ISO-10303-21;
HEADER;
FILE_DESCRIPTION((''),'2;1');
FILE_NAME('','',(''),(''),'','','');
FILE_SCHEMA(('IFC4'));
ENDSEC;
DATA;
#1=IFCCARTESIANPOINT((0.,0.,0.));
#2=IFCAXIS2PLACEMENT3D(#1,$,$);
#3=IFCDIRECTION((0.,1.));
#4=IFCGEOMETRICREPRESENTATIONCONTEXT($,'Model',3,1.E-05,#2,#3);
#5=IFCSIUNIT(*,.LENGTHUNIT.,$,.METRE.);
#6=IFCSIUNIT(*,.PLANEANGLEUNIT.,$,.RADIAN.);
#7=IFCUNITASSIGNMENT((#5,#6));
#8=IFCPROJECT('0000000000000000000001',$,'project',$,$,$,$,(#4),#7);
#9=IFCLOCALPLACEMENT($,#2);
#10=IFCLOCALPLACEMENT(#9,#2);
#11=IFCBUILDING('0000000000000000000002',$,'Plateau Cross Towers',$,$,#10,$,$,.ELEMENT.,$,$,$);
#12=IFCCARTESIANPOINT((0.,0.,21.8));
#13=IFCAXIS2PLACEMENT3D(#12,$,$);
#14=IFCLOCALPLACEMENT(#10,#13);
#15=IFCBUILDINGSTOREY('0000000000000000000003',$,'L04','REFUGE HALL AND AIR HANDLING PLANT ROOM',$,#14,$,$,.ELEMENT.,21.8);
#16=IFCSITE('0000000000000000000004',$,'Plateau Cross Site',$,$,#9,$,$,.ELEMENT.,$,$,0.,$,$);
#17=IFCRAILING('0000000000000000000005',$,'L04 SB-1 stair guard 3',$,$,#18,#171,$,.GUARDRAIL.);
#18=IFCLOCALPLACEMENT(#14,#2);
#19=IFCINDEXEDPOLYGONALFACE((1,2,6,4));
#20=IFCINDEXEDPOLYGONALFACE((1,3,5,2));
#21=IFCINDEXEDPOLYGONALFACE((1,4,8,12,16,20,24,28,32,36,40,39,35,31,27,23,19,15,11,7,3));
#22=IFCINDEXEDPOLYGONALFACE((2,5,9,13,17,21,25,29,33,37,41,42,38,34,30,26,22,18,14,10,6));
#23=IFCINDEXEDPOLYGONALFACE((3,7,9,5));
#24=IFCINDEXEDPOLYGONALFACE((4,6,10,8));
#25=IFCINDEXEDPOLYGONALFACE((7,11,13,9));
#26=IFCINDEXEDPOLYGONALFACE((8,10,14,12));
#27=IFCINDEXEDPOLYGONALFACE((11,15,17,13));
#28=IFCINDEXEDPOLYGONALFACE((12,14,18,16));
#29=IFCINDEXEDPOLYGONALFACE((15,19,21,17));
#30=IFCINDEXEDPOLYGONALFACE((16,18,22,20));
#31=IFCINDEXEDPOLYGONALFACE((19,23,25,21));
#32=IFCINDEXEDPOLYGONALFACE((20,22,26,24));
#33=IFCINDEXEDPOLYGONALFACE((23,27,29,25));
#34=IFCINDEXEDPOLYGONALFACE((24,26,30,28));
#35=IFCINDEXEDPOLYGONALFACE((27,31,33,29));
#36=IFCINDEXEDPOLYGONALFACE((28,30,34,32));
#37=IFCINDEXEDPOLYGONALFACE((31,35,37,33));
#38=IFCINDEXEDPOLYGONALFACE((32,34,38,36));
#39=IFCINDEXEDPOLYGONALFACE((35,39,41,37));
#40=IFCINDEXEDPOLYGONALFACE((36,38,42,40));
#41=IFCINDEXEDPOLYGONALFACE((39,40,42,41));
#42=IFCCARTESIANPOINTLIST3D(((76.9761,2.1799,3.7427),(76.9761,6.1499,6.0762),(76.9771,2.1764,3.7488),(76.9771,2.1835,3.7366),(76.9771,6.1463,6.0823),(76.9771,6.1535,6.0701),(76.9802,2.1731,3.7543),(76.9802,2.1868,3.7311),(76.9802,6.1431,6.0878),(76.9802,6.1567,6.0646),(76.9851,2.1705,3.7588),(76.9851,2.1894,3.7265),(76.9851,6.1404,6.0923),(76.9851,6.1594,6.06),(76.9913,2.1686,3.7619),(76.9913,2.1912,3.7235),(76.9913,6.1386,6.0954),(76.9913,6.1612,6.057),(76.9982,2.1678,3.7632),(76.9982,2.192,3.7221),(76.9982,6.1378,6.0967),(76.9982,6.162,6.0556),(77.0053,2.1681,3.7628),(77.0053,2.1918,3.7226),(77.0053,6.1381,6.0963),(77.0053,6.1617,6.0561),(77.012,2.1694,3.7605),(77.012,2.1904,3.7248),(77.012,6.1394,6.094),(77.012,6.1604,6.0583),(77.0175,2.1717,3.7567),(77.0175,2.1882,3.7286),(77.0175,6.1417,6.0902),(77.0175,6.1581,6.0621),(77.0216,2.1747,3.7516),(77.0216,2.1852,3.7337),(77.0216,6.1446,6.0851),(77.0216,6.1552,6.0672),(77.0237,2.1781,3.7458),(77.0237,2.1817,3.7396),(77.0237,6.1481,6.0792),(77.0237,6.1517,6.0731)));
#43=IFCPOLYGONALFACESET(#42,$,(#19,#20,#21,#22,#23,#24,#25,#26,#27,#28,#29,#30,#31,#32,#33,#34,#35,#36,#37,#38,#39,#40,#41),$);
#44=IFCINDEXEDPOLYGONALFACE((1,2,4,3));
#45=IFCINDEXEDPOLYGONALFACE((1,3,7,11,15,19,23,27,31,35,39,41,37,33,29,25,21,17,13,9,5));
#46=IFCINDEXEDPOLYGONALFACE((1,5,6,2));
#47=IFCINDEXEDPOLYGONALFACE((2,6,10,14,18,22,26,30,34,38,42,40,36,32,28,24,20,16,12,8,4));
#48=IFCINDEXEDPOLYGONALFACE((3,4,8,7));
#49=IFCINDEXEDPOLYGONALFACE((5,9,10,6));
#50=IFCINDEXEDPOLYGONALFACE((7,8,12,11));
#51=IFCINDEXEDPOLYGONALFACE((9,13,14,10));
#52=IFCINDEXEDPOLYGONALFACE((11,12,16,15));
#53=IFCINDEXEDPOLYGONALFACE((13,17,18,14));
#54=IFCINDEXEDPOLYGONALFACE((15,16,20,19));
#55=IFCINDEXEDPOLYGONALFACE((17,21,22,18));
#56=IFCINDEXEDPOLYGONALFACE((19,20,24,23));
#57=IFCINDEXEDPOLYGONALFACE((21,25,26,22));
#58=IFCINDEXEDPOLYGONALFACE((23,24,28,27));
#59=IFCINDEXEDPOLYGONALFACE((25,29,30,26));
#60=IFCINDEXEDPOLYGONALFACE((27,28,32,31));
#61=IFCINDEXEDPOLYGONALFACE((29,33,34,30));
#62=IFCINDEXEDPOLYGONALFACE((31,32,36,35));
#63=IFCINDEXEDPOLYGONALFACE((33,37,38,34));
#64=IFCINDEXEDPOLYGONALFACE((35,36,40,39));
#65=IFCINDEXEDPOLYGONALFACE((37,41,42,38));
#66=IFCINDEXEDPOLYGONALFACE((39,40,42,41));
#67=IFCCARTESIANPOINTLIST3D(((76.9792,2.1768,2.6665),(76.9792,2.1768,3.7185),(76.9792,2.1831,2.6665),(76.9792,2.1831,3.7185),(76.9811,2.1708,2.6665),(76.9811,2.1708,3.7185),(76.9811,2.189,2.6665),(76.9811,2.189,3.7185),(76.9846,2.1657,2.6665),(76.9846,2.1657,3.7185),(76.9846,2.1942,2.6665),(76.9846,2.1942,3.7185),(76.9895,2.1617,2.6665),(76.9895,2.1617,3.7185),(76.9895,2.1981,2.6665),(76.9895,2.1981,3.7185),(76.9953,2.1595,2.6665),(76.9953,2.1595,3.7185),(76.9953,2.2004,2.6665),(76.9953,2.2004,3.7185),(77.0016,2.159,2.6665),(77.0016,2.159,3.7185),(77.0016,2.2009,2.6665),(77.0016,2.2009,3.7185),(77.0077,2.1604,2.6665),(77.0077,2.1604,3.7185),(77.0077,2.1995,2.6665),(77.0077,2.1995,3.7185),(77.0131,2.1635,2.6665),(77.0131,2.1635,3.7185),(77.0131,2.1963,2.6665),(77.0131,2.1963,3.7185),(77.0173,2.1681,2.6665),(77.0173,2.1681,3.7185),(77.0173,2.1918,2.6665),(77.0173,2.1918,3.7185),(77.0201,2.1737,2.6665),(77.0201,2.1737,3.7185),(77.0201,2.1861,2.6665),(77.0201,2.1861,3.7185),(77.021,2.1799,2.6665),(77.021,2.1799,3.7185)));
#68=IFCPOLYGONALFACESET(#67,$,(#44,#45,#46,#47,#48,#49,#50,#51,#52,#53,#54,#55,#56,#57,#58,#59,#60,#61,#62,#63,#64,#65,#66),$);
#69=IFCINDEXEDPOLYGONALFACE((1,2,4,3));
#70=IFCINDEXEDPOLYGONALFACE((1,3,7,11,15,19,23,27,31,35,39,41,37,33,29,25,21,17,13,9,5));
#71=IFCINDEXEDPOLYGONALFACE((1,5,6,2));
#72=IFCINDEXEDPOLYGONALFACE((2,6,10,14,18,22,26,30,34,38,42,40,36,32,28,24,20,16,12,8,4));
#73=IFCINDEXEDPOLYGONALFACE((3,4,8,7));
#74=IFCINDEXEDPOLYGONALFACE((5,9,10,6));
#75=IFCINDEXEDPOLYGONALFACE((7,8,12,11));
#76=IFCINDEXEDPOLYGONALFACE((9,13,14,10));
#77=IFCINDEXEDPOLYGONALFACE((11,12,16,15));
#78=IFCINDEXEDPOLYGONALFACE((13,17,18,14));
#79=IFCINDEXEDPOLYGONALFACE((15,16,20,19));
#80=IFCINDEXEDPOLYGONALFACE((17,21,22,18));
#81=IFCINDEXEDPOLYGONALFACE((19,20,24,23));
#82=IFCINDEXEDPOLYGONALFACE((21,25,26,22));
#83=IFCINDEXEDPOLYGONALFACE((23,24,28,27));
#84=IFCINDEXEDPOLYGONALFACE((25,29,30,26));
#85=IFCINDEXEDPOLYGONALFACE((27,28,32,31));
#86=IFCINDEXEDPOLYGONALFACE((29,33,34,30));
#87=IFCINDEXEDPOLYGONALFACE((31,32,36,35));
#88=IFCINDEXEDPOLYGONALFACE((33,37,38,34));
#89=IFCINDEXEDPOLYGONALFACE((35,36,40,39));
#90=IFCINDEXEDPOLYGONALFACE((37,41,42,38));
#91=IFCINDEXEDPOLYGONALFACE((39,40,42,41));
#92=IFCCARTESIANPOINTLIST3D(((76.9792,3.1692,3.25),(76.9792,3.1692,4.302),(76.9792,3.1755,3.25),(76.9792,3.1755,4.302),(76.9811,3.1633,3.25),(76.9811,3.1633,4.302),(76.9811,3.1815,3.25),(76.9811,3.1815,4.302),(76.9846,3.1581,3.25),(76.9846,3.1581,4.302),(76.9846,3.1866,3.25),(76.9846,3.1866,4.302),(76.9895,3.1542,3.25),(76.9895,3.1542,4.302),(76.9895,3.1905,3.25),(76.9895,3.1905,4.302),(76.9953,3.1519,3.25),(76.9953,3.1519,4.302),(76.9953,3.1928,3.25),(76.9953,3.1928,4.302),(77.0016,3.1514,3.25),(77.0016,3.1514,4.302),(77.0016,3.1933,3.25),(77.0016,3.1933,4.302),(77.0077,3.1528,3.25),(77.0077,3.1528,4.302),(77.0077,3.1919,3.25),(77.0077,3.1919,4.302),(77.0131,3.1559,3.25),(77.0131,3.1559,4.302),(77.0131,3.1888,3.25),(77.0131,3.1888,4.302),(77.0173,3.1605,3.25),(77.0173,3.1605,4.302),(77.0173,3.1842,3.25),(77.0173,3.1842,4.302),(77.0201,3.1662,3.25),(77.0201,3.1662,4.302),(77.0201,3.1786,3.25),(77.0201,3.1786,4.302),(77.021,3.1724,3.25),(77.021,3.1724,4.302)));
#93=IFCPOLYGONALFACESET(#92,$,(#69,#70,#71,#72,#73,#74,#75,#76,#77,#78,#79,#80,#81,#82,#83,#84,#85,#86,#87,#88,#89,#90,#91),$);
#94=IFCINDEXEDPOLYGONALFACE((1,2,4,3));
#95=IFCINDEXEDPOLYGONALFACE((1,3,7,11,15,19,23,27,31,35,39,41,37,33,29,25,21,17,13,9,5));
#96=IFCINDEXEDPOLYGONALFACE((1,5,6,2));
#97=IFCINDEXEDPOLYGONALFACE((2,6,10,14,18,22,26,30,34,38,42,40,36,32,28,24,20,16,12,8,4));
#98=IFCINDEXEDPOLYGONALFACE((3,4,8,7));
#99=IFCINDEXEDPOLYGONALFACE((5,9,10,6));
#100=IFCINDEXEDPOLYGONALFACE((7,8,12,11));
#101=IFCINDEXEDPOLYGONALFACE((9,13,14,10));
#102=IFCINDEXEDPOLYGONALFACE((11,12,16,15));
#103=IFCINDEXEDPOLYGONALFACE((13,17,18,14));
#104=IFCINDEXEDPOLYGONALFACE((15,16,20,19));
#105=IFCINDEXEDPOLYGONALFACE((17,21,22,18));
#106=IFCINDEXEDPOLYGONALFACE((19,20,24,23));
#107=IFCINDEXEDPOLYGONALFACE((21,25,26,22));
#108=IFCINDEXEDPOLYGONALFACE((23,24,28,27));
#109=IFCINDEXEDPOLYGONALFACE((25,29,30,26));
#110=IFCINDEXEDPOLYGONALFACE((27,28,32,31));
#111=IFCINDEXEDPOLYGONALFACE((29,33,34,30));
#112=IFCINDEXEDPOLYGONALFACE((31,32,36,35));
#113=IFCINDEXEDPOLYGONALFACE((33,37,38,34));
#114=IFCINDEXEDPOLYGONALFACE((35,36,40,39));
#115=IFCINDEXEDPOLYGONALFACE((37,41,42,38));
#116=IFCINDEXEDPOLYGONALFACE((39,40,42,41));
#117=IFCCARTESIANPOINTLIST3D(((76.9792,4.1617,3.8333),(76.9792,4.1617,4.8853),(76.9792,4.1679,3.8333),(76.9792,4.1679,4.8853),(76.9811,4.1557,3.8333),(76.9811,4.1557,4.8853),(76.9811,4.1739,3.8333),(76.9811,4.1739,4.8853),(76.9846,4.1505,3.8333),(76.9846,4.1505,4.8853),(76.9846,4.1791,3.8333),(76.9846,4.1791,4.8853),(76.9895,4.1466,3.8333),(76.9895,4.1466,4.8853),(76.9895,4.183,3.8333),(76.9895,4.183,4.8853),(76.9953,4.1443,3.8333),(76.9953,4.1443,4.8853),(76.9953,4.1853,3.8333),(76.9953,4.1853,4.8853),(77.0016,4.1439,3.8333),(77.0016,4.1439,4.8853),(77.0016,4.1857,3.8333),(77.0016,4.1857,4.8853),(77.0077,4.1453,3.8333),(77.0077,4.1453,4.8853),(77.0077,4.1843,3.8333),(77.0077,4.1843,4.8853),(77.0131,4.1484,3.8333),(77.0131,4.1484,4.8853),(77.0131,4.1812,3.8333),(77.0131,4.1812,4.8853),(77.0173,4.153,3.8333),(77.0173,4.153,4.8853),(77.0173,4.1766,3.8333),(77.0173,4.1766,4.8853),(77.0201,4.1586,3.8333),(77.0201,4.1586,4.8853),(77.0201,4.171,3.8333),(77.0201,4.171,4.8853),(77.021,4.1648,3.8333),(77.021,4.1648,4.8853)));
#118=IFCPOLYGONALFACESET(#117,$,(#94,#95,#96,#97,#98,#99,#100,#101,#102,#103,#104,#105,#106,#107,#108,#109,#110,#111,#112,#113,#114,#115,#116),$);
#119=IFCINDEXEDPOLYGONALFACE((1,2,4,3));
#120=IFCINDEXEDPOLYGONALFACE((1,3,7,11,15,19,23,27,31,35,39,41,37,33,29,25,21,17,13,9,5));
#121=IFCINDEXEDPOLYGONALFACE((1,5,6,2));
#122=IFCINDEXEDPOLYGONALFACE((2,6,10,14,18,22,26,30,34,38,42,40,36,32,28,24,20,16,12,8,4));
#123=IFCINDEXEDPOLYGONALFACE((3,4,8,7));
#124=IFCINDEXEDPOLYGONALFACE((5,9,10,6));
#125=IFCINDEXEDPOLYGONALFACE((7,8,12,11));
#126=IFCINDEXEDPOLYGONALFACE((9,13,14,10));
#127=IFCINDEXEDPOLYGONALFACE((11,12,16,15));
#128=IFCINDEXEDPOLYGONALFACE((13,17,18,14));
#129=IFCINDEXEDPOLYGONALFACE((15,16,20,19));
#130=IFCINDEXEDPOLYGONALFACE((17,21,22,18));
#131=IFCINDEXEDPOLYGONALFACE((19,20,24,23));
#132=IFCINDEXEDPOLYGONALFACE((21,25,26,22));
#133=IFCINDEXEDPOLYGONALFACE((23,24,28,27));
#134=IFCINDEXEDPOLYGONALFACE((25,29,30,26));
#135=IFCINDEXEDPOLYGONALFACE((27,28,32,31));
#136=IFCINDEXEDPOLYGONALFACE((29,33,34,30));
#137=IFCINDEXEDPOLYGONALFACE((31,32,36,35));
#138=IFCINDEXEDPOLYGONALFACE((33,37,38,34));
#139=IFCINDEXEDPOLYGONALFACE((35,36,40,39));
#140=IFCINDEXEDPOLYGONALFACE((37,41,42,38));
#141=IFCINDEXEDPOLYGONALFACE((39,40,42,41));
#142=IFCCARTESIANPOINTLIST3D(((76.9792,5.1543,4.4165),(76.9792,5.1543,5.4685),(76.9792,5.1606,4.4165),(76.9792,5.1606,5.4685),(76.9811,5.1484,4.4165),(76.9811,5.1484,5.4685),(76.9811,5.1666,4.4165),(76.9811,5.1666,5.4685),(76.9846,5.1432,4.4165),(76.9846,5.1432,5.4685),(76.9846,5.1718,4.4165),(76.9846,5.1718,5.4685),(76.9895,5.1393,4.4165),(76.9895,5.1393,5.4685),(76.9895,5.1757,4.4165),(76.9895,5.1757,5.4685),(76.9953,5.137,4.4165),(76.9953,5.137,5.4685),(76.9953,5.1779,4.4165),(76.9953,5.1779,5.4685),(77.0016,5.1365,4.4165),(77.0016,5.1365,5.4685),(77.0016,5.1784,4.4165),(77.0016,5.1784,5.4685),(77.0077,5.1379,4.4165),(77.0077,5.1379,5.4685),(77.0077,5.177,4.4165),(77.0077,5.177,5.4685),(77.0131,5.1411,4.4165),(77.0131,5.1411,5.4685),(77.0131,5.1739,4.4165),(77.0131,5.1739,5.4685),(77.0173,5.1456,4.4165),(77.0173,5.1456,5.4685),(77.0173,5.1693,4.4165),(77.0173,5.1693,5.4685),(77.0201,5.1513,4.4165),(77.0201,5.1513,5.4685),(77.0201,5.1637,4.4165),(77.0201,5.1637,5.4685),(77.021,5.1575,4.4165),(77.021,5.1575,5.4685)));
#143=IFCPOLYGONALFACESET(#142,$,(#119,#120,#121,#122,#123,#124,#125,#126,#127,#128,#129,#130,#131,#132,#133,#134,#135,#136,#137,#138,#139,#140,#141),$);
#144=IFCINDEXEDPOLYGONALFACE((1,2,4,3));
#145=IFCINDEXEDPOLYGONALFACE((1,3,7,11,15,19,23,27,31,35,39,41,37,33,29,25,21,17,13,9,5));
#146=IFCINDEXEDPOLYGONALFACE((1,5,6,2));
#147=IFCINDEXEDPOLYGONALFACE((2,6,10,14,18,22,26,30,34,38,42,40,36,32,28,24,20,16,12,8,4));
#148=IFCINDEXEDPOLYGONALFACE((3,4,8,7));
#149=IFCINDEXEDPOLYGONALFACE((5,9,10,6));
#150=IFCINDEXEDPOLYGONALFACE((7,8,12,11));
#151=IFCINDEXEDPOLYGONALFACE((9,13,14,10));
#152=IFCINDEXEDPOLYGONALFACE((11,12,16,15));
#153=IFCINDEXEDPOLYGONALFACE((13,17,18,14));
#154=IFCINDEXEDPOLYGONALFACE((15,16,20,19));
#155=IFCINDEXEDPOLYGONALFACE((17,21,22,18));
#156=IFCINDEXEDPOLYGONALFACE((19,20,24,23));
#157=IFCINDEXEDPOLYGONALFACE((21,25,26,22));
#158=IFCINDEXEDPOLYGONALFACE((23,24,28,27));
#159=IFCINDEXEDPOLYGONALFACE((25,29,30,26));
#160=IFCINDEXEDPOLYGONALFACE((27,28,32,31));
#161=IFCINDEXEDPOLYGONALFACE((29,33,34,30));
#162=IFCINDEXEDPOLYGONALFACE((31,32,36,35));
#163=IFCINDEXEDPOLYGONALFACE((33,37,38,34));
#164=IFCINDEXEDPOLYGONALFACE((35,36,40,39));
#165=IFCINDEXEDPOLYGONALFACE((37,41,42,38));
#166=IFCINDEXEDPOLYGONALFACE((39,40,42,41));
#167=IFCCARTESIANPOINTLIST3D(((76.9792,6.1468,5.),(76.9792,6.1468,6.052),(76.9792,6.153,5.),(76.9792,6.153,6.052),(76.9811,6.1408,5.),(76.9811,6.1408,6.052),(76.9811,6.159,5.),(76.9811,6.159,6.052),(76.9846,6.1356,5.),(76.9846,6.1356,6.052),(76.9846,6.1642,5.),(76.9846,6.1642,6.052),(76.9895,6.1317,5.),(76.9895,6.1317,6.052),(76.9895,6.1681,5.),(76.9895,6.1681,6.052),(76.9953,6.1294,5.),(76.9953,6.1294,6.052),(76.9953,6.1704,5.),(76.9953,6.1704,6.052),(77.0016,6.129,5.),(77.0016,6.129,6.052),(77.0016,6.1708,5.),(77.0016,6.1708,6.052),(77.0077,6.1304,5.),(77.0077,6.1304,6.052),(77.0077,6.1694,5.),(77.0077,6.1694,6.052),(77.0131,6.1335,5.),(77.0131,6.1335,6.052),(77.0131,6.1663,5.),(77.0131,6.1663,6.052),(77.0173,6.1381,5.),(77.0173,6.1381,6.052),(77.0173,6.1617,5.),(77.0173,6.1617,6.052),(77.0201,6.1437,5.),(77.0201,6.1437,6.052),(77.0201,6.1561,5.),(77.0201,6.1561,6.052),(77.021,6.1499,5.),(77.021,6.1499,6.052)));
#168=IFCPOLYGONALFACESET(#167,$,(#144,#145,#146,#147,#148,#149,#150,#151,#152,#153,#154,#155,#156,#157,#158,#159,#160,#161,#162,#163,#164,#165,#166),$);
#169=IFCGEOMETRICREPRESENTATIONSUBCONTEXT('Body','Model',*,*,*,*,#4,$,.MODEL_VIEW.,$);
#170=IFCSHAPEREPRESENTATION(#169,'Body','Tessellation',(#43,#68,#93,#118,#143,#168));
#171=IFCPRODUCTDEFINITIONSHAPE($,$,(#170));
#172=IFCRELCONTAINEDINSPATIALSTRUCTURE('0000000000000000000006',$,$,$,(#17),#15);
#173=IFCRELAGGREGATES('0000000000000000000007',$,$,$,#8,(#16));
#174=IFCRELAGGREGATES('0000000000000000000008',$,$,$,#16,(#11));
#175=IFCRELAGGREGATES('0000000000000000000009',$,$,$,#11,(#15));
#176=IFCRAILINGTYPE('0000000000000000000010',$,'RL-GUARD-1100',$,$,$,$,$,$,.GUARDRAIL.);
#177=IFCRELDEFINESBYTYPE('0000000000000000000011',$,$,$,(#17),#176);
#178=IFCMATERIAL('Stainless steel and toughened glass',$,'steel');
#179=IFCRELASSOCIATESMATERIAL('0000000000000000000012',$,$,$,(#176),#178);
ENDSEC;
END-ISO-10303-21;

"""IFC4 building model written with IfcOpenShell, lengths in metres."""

from ifc_helpers import new_model, si_unit, direction, frame, origin, origin_2d, place, context, subcontext, project, spatial, circle, extrude, material, type_object, element, save


model = new_model("IFC4")

# Units and contexts
model_context = context("Model", 3, precision=1e-05, world=origin(), true_north=direction((0.0, 1.0)))
body_context = subcontext(model_context, "Body", "Model", "MODEL_VIEW")
ifc_project = project(units=[si_unit("LENGTHUNIT", "METRE"), si_unit("PLANEANGLEUNIT", "RADIAN")], contexts=[model_context])

# Site, building, storey
site_placement = place(None, origin())
site = spatial("IfcSite", under=ifc_project, at=site_placement, Name="Plateau Cross Site", CompositionType="ELEMENT", RefElevation=0.0)
building_placement = place(site_placement, origin())
building = spatial("IfcBuilding", under=site, at=building_placement, Name="Plateau Cross Towers", CompositionType="ELEMENT")
storey_placement = place(building_placement, frame((0.0, 0.0, 21.8)))
storey = spatial("IfcBuildingStorey", under=building, at=storey_placement, Name="L04", Description="REFUGE HALL AND AIR HANDLING PLANT ROOM", CompositionType="ELEMENT", Elevation=21.8)

# Railing
ifc_material_1 = material(Name="Stainless steel and toughened glass", Category="steel")
railing_type_1 = type_object("IfcRailingType", Name="RL-GUARD-1100", PredefinedType="GUARDRAIL", material=ifc_material_1)
railing_1_placement = place(storey_placement, frame((77.0, 2.1799, 2.6665)))
element("IfcRailing", 1, at=railing_1_placement, inside=storey, type_object=railing_type_1, Name="L04 SB-1 stair guard 3", PredefinedType="GUARDRAIL", context=body_context, shape_type="SweptSolid", body=[
    extrude(circle(Radius=0.0239, at=origin_2d()), frame((0.0, 0.0, 1.0762), z_axis=(0.0, 0.862103, 0.506733), x_axis=(-1.0, 0.0, 0.0)), (0.0, 0.0, 1.0), 4.605),
    extrude(circle(Radius=0.021, at=origin_2d()), origin(), (0.0, 0.0, 1.0), 1.052),
    extrude(circle(Radius=0.021, at=origin_2d()), frame((0.0, 0.9924, 0.5835)), (0.0, 0.0, 1.0), 1.052),
    extrude(circle(Radius=0.021, at=origin_2d()), frame((0.0, 1.9849, 1.1667)), (0.0, 0.0, 1.0), 1.052),
    extrude(circle(Radius=0.021, at=origin_2d()), frame((0.0, 2.9775, 1.75)), (0.0, 0.0, 1.0), 1.052),
    extrude(circle(Radius=0.021, at=origin_2d()), frame((0.0, 3.97, 2.3335)), (0.0, 0.0, 1.0), 1.052),
])

save(model, "model.ifc")
